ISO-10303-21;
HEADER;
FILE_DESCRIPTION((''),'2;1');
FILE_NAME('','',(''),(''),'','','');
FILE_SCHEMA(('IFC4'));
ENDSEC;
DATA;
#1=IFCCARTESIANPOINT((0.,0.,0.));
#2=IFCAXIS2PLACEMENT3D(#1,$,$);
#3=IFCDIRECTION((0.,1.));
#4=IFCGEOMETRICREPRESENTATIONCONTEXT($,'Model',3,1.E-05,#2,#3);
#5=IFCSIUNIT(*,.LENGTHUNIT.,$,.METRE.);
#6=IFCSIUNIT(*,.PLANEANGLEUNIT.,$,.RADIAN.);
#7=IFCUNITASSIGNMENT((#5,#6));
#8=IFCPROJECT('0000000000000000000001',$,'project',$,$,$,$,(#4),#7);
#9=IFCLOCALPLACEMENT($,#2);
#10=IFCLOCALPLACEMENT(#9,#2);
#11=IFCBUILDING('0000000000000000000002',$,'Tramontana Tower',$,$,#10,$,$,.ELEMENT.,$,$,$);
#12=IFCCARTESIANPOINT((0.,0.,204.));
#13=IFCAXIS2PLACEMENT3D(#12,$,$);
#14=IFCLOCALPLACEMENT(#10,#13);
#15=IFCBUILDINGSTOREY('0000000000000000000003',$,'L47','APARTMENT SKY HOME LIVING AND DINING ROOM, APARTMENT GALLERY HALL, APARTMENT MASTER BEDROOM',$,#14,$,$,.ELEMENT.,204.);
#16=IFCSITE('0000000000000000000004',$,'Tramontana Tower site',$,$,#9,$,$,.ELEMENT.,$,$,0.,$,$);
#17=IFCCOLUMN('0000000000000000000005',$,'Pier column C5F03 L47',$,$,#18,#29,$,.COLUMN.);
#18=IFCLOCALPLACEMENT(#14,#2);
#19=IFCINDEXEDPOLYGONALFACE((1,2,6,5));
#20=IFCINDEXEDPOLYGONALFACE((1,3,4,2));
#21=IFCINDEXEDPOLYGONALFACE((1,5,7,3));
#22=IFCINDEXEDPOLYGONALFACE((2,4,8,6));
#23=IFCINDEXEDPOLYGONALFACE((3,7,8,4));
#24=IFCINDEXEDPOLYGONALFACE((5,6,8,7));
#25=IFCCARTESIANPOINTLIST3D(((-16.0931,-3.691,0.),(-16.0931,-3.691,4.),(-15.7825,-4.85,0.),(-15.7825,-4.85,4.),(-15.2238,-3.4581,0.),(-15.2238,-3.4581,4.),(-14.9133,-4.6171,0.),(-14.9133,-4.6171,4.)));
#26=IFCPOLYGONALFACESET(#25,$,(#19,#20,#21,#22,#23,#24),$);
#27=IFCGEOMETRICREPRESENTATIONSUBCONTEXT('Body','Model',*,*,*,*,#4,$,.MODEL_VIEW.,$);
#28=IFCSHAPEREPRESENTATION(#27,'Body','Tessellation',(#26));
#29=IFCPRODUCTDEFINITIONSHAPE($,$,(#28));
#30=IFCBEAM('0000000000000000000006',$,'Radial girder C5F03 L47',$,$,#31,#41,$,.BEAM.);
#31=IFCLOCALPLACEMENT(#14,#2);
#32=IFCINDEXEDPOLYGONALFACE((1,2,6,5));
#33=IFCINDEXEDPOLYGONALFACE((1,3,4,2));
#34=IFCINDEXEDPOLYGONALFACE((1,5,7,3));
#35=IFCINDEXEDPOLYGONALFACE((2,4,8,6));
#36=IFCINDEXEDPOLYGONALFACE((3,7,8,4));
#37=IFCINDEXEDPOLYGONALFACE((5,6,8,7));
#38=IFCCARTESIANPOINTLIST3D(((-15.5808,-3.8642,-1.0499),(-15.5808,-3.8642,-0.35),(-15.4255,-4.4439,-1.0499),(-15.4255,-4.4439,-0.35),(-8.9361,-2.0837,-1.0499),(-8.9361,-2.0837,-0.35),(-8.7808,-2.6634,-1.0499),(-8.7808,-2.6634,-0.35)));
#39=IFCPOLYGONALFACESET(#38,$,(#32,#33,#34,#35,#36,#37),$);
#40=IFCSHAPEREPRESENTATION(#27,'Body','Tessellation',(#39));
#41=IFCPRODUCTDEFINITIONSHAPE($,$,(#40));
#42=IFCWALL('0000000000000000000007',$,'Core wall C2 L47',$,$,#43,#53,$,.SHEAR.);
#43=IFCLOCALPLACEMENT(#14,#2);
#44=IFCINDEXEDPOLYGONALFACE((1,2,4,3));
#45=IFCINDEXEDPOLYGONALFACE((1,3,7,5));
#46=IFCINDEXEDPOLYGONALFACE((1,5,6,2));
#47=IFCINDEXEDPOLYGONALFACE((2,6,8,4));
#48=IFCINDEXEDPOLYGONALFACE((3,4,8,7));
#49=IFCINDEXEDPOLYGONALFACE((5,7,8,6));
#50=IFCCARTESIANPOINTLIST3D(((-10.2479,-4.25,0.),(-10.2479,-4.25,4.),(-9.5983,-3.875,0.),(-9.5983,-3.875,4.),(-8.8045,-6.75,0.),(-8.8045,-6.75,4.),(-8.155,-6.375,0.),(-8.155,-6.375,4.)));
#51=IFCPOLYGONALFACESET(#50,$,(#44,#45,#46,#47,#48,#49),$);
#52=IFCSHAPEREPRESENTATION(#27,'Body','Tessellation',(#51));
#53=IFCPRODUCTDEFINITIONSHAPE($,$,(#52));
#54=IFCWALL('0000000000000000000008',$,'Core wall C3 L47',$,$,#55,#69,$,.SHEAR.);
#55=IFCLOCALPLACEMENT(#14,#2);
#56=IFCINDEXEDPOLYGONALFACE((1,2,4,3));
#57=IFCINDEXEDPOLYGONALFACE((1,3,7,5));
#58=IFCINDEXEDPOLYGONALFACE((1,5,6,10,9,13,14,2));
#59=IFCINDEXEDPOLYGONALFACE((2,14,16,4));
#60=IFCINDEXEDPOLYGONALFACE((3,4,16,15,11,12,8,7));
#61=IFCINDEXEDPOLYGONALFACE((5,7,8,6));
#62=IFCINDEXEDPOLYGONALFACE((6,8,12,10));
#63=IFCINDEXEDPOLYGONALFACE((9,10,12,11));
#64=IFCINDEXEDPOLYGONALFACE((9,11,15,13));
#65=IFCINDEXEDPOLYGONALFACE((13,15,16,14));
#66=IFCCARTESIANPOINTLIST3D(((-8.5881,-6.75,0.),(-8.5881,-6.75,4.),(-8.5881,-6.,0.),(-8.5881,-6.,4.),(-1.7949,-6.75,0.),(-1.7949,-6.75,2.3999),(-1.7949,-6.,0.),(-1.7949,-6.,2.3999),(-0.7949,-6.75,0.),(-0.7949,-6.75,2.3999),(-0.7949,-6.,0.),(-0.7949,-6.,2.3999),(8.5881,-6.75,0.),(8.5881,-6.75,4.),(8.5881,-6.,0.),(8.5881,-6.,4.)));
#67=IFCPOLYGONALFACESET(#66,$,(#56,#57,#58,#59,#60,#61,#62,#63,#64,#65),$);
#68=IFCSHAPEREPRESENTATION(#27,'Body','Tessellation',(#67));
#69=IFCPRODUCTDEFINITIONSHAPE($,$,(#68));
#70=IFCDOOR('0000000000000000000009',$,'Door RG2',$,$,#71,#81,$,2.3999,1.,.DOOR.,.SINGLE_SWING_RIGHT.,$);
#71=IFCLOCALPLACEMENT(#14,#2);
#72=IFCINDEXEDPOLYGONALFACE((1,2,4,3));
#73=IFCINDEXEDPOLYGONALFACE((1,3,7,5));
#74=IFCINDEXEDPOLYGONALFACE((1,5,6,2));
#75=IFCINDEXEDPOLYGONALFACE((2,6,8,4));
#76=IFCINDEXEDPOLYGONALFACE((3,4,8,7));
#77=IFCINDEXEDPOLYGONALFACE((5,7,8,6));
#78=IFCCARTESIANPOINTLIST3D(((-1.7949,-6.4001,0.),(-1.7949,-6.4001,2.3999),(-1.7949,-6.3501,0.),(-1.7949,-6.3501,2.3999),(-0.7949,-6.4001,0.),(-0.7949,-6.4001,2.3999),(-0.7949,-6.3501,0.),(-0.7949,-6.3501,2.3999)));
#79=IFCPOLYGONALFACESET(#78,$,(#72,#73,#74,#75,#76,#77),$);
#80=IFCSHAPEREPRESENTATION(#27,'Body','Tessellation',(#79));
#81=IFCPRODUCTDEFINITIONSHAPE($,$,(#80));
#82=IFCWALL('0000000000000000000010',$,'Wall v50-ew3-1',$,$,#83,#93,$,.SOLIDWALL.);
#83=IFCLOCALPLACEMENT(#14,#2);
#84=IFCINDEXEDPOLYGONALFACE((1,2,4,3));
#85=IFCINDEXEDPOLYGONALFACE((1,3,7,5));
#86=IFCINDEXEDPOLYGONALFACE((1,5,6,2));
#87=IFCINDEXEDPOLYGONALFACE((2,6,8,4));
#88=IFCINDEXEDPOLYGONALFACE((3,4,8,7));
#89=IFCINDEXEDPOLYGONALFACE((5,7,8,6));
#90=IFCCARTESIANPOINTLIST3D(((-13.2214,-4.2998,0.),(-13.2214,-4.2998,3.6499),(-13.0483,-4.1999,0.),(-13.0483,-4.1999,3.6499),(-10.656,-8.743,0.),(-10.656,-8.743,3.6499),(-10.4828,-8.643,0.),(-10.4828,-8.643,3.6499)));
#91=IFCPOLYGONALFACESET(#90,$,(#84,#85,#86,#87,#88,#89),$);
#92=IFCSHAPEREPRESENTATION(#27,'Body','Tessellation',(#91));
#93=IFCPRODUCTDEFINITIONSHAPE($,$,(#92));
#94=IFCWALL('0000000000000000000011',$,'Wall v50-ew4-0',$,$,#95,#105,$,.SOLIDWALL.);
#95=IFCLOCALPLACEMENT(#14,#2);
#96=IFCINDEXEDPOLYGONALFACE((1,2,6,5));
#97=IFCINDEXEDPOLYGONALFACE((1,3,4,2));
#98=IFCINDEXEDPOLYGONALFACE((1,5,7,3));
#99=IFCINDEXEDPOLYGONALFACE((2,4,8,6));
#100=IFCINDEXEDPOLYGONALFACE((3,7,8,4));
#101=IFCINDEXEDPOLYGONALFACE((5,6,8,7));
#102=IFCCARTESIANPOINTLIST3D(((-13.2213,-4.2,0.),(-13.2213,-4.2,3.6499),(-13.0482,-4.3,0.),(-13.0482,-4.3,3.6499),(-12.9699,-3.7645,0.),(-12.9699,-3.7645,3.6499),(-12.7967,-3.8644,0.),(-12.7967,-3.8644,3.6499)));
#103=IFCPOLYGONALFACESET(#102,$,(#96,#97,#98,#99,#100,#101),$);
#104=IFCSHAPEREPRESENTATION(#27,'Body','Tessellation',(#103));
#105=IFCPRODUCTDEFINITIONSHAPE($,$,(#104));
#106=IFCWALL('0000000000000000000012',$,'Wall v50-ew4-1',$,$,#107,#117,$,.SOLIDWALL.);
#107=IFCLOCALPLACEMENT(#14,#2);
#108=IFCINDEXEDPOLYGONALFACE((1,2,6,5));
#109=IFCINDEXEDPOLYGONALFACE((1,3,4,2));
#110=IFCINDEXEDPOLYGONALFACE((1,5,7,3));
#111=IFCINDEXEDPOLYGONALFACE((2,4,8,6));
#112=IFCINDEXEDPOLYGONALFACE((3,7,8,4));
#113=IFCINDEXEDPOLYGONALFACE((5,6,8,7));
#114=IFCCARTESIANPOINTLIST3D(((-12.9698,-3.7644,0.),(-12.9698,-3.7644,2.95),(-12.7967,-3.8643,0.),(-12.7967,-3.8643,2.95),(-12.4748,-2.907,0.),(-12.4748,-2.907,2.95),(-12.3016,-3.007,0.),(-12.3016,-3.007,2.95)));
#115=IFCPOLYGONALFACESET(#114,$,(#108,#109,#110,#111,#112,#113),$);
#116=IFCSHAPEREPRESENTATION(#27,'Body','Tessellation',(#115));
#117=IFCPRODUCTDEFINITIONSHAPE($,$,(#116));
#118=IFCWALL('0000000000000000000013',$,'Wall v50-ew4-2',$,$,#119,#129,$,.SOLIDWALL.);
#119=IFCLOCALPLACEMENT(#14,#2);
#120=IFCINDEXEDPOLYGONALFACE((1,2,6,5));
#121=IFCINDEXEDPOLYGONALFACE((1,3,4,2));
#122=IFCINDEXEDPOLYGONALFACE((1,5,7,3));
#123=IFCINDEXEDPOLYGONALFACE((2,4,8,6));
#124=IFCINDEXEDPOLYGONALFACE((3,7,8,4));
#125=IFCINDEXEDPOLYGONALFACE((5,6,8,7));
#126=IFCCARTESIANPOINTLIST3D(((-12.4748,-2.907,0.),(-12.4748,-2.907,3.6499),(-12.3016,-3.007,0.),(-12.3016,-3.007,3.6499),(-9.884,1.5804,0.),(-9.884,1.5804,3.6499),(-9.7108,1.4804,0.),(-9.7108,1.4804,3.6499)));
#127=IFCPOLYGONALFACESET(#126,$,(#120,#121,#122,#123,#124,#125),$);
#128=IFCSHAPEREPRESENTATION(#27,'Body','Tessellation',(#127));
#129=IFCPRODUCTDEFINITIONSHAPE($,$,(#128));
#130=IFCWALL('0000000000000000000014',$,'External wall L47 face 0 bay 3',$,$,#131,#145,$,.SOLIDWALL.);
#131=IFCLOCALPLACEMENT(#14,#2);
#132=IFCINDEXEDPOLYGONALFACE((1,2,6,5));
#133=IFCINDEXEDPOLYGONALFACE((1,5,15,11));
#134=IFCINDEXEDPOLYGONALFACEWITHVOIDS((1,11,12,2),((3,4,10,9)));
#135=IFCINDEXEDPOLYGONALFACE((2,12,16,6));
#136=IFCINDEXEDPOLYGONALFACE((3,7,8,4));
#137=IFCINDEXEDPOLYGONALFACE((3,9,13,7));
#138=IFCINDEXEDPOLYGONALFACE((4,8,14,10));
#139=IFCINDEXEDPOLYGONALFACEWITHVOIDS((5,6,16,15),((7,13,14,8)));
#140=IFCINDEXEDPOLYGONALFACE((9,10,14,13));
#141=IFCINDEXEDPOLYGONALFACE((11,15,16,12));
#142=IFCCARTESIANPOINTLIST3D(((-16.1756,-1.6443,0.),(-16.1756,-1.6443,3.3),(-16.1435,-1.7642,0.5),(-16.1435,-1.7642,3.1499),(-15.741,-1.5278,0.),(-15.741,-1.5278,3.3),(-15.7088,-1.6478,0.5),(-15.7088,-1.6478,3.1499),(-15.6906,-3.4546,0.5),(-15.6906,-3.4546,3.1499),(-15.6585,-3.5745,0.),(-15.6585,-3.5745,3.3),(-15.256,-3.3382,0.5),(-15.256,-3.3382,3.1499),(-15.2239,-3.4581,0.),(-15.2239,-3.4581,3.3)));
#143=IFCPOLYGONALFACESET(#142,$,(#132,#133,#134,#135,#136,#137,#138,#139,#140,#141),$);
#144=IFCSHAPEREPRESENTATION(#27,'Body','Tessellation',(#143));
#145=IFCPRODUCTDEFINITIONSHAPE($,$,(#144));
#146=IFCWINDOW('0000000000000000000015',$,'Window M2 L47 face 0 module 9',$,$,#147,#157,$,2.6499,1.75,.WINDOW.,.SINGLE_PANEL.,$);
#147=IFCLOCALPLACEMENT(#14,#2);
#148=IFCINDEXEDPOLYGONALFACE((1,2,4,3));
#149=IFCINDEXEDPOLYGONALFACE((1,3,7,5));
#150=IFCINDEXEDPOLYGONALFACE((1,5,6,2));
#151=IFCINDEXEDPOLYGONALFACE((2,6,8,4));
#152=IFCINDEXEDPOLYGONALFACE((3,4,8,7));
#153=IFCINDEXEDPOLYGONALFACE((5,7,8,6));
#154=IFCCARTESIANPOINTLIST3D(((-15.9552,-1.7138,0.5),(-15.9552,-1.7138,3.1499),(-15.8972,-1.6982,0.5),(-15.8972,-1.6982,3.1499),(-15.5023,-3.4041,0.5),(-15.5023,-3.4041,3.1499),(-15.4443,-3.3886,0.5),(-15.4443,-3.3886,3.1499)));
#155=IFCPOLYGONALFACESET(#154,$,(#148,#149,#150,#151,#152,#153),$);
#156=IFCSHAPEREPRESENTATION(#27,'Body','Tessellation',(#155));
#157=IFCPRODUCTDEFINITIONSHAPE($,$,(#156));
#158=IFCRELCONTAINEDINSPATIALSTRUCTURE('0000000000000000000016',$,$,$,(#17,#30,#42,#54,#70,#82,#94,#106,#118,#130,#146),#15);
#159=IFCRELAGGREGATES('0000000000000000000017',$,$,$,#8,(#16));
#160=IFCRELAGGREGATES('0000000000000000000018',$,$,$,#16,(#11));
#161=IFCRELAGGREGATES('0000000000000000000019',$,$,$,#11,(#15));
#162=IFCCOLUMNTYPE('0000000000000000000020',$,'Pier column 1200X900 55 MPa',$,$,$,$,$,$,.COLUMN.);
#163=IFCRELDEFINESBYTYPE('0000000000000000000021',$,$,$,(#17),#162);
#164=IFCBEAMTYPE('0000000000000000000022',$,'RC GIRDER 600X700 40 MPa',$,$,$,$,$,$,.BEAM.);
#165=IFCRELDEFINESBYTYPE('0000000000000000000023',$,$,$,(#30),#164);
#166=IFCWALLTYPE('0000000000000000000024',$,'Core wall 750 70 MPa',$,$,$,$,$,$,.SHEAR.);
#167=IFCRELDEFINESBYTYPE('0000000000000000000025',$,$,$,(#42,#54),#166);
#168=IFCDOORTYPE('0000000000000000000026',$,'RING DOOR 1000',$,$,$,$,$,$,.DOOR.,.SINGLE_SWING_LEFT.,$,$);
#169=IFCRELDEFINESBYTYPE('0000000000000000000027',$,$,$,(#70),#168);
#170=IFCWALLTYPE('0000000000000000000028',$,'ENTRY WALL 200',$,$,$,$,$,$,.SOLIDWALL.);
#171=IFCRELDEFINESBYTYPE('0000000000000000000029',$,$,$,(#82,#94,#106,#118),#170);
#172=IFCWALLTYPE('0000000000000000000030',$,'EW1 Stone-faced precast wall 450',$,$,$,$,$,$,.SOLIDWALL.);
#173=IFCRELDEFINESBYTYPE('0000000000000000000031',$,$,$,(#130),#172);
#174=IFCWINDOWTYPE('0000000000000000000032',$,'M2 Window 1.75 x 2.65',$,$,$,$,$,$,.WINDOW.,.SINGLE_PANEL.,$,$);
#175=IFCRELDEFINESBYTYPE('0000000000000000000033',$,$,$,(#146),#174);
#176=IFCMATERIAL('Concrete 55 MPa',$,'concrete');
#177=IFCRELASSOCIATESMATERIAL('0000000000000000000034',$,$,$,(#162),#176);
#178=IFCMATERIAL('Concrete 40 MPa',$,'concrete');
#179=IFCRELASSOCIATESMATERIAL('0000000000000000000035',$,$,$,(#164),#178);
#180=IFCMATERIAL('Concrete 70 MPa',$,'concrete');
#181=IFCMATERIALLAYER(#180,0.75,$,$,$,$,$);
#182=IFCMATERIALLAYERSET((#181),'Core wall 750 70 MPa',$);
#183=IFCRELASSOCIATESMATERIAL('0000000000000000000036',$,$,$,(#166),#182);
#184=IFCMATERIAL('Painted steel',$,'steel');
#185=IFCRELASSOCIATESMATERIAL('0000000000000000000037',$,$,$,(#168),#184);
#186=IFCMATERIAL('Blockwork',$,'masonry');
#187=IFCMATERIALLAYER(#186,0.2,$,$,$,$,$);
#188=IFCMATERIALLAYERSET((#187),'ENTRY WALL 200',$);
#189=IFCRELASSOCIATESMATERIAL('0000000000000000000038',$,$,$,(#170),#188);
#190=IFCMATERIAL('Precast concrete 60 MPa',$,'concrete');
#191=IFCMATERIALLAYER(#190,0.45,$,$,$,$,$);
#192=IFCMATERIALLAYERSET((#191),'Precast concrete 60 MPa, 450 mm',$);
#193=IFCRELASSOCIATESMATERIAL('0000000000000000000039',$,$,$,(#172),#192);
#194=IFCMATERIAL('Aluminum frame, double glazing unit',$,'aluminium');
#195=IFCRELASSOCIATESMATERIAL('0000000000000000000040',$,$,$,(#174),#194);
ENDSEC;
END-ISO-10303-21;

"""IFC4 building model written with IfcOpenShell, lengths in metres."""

from ifc_helpers import new_model, si_unit, direction, frame, frame_2d, origin, origin_2d, place, context, subcontext, project, spatial, rectangle, extrude, material, layer, layer_set, material_profile, profile_set, type_object, element, fill, save


model = new_model("IFC4")

# Units and contexts
model_context = context("Model", 3, precision=1e-05, world=origin(), true_north=direction((0.0, 1.0)))
body_context = subcontext(model_context, "Body", "Model", "MODEL_VIEW")
ifc_project = project(units=[si_unit("LENGTHUNIT", "METRE"), si_unit("PLANEANGLEUNIT", "RADIAN")], contexts=[model_context])

# Site, building, storey
site_placement = place(None, origin())
site = spatial("IfcSite", under=ifc_project, at=site_placement, Name="Tramontana Tower site", CompositionType="ELEMENT", RefElevation=0.0)
building_placement = place(site_placement, origin())
building = spatial("IfcBuilding", under=site, at=building_placement, Name="Tramontana Tower", CompositionType="ELEMENT")
storey_placement = place(building_placement, frame((0.0, 0.0, 204.0)))
storey = spatial("IfcBuildingStorey", under=building, at=storey_placement, Name="L47", Description="APARTMENT SKY HOME LIVING AND DINING ROOM, APARTMENT GALLERY HALL, APARTMENT MASTER BEDROOM", CompositionType="ELEMENT", Elevation=204.0)

# Column
ifc_material_1 = material(Name="Concrete 55 MPa", Category="concrete")
ifc_material_profile_1 = material_profile(ifc_material_1, rectangle(XDim=1.2, YDim=0.8999, at=origin_2d()), Name="Pier column 1200X900 55 MPa")
ifc_profile_set_1 = profile_set([ifc_material_profile_1], Name="Concrete 55 MPa")
column_type = type_object("IfcColumnType", Name="Pier column 1200X900 55 MPa", PredefinedType="COLUMN", material=ifc_profile_set_1)
column_placement = place(storey_placement, frame((-15.5032, -4.1541, 0.0), z_axis=(0.0, 0.0, 1.0), x_axis=(0.258819, -0.965926, 0.0)))
element("IfcColumn", 1, at=column_placement, inside=storey, type_object=column_type, Name="Pier column C5F03 L47", PredefinedType="COLUMN", context=body_context, shape_type="SweptSolid", body=[
    extrude(rectangle(XDim=1.2, YDim=0.8999, at=origin_2d()), origin(), (0.0, 0.0, 1.0), 4.0),
])

# Beam
ifc_material_2 = material(Name="Concrete 40 MPa", Category="concrete")
ifc_material_profile_2 = material_profile(ifc_material_2, rectangle(XDim=0.6001, YDim=0.7, at=origin_2d()), Name="RC GIRDER 600X700 40 MPa")
ifc_profile_set_2 = profile_set([ifc_material_profile_2], Name="Concrete 40 MPa")
beam_type = type_object("IfcBeamType", Name="RC GIRDER 600X700 40 MPa", PredefinedType="BEAM", material=ifc_profile_set_2)
beam_placement = place(storey_placement, frame((-15.5032, -4.1541, -0.7), z_axis=(0.965924, 0.258827, 0.0), x_axis=(-0.258827, 0.965924, 0.0)))
element("IfcBeam", 2, at=beam_placement, inside=storey, type_object=beam_type, Name="Radial girder C5F03 L47", PredefinedType="BEAM", context=body_context, shape_type="SweptSolid", body=[
    extrude(rectangle(XDim=0.6001, YDim=0.7, at=origin_2d()), origin(), (0.0, 0.0, 1.0), 6.8792),
])

# Wall
ifc_material_3 = material(Name="Concrete 70 MPa", Category="concrete")
ifc_layer_1 = layer(ifc_material_3, 0.75)
ifc_layer_set_1 = layer_set([ifc_layer_1], Name="Core wall 750 70 MPa")
wall_type_1 = type_object("IfcWallType", Name="Core wall 750 70 MPa", PredefinedType="SHEAR", material=ifc_layer_set_1)
wall_1_placement = place(storey_placement, frame((-9.9231, -4.0625, 0.0), z_axis=(0.0, 0.0, 1.0), x_axis=(0.499996, -0.866028, 0.0)))
element("IfcWall", 3, at=wall_1_placement, inside=storey, type_object=wall_type_1, Name="Core wall C2 L47", PredefinedType="SHEAR", context=body_context, shape_type="SweptSolid", body=[
    extrude(rectangle(XDim=2.8867, YDim=0.75, at=frame_2d((1.4434, 0.0))), origin(), (0.0, 0.0, 1.0), 4.0),
])

# Wall, opening, door
wall_2_placement = place(storey_placement, frame((-8.5881, -6.375, 0.0), z_axis=(0.0, 0.0, 1.0), x_axis=(1.0, 0.0, 0.0)))
wall_2 = element("IfcWall", 4, at=wall_2_placement, inside=storey, type_object=wall_type_1, Name="Core wall C3 L47", PredefinedType="SHEAR", context=body_context, shape_type="SweptSolid", body=[
    extrude(rectangle(XDim=17.1763, YDim=0.75, at=frame_2d((8.5881, 0.0))), origin(), (0.0, 0.0, 1.0), 4.0),
])
opening_1_placement = place(wall_2_placement, frame((6.7932, 0.0, 0.0)))
opening_1 = element("IfcOpeningElement", 5, at=opening_1_placement, cuts=wall_2, PredefinedType="OPENING", context=body_context, shape_type="SweptSolid", body=[
    extrude(rectangle(XDim=1.0, YDim=2.3999, at=frame_2d((0.5, 1.2))), frame((0.0, 0.385, 0.0), z_axis=(0.0, -1.0, 0.0), x_axis=(1.0, 0.0, 0.0)), (0.0, 0.0, 1.0), 0.77),
])
ifc_material_4 = material(Name="Painted steel", Category="steel")
door_type_1 = type_object("IfcDoorType", Name="RING DOOR 1000", OperationType="SINGLE_SWING_LEFT", PredefinedType="DOOR", material=ifc_material_4)
door_1_placement = place(opening_1_placement, origin())
door_1 = element("IfcDoor", 6, at=door_1_placement, inside=storey, type_object=door_type_1, Name="Door RG2", OperationType="SINGLE_SWING_RIGHT", OverallHeight=2.3999, OverallWidth=1.0, PredefinedType="DOOR", context=body_context, shape_type="SweptSolid", body=[
    extrude(rectangle(XDim=1.0, YDim=2.3999, at=frame_2d((0.5, 1.2))), frame((0.0, 0.0249, 0.0), z_axis=(0.0, -1.0, 0.0), x_axis=(1.0, 0.0, 0.0)), (0.0, 0.0, 1.0), 0.05),
])
fill(opening_1, door_1)

# Walls
ifc_material_5 = material(Name="Blockwork", Category="masonry")
ifc_layer_2 = layer(ifc_material_5, 0.2)
ifc_layer_set_2 = layer_set([ifc_layer_2], Name="ENTRY WALL 200")
wall_type_2 = type_object("IfcWallType", Name="ENTRY WALL 200", PredefinedType="SOLIDWALL", material=ifc_layer_set_2)
wall_3_placement = place(storey_placement, frame((-10.5693, -8.6931, 0.0), z_axis=(0.0, 0.0, 1.0), x_axis=(-0.500029, 0.866009, 0.0)))
element("IfcWall", 7, at=wall_3_placement, inside=storey, type_object=wall_type_2, Name="Wall v50-ew3-1", PredefinedType="SOLIDWALL", context=body_context, shape_type="SweptSolid", body=[
    extrude(rectangle(XDim=5.1306, YDim=0.2, at=frame_2d((2.5654, 0.0))), origin(), (0.0, 0.0, 1.0), 3.6499),
])
wall_4_placement = place(storey_placement, frame((-13.1348, -4.25, 0.0), z_axis=(0.0, 0.0, 1.0), x_axis=(0.500003, 0.866024, 0.0)))
element("IfcWall", 8, at=wall_4_placement, inside=storey, type_object=wall_type_2, Name="Wall v50-ew4-0", PredefinedType="SOLIDWALL", context=body_context, shape_type="SweptSolid", body=[
    extrude(rectangle(XDim=0.5029, YDim=0.2, at=frame_2d((0.2515, 0.0))), origin(), (0.0, 0.0, 1.0), 3.6499),
])
wall_5_placement = place(storey_placement, frame((-12.8833, -3.8145, 0.0), z_axis=(0.0, 0.0, 1.0), x_axis=(0.500064, 0.865988, 0.0)))
element("IfcWall", 9, at=wall_5_placement, inside=storey, type_object=wall_type_2, Name="Wall v50-ew4-1", PredefinedType="SOLIDWALL", context=body_context, shape_type="SweptSolid", body=[
    extrude(rectangle(XDim=0.99, YDim=0.2, at=frame_2d((0.4951, 0.0))), origin(), (0.0, 0.0, 1.0), 2.95),
])
wall_6_placement = place(storey_placement, frame((-12.3882, -2.957, 0.0), z_axis=(0.0, 0.0, 1.0), x_axis=(0.49999, 0.866031, 0.0)))
element("IfcWall", 10, at=wall_6_placement, inside=storey, type_object=wall_type_2, Name="Wall v50-ew4-2", PredefinedType="SOLIDWALL", context=body_context, shape_type="SweptSolid", body=[
    extrude(rectangle(XDim=5.1816, YDim=0.2, at=frame_2d((2.5908, 0.0))), origin(), (0.0, 0.0, 1.0), 3.6499),
])

# Wall, opening, window
ifc_material_6 = material(Name="Precast concrete 60 MPa", Category="concrete")
ifc_layer_3 = layer(ifc_material_6, 0.45)
ifc_layer_set_3 = layer_set([ifc_layer_3], Name="Precast concrete 60 MPa, 450 mm")
wall_type_3 = type_object("IfcWallType", Name="EW1 Stone-faced precast wall 450", PredefinedType="SOLIDWALL", material=ifc_layer_set_3)
wall_7_placement = place(storey_placement, frame((-15.9583, -1.5862, 0.0), z_axis=(0.0, 0.0, 1.0), x_axis=(0.258773, -0.965938, 0.0)))
wall_7 = element("IfcWall", 11, at=wall_7_placement, inside=storey, type_object=wall_type_3, Name="External wall L47 face 0 bay 3", PredefinedType="SOLIDWALL", context=body_context, shape_type="SweptSolid", body=[
    extrude(rectangle(XDim=1.9983, YDim=0.45, at=frame_2d((0.999, 0.0))), origin(), (0.0, 0.0, 1.0), 3.3),
])
opening_2_placement = place(wall_7_placement, frame((0.124, 0.0, 0.5)))
opening_2 = element("IfcOpeningElement", 12, at=opening_2_placement, cuts=wall_7, PredefinedType="OPENING", context=body_context, shape_type="SweptSolid", body=[
    extrude(rectangle(XDim=1.75, YDim=2.6499, at=frame_2d((0.875, 1.325))), frame((0.0, 0.2349, 0.0), z_axis=(0.0, -1.0, 0.0), x_axis=(1.0, 0.0, 0.0)), (0.0, 0.0, 1.0), 0.47),
])
ifc_material_7 = material(Name="Aluminum frame, double glazing unit", Category="aluminium")
window_type = type_object("IfcWindowType", Name="M2 Window 1.75 x 2.65", PartitioningType="SINGLE_PANEL", PredefinedType="WINDOW", material=ifc_material_7)
window_1_placement = place(opening_2_placement, origin())
window_1 = element("IfcWindow", 13, at=window_1_placement, inside=storey, type_object=window_type, Name="Window M2 L47 face 0 module 9", OverallHeight=2.6499, OverallWidth=1.75, PartitioningType="SINGLE_PANEL", PredefinedType="WINDOW", context=body_context, shape_type="SweptSolid", body=[
    extrude(rectangle(XDim=1.75, YDim=2.6499, at=frame_2d((0.875, 1.325))), frame((0.0, 0.03, 0.0), z_axis=(0.0, -1.0, 0.0), x_axis=(1.0, 0.0, 0.0)), (0.0, 0.0, 1.0), 0.0601),
])
fill(opening_2, window_1)

save(model, "model.ifc")
